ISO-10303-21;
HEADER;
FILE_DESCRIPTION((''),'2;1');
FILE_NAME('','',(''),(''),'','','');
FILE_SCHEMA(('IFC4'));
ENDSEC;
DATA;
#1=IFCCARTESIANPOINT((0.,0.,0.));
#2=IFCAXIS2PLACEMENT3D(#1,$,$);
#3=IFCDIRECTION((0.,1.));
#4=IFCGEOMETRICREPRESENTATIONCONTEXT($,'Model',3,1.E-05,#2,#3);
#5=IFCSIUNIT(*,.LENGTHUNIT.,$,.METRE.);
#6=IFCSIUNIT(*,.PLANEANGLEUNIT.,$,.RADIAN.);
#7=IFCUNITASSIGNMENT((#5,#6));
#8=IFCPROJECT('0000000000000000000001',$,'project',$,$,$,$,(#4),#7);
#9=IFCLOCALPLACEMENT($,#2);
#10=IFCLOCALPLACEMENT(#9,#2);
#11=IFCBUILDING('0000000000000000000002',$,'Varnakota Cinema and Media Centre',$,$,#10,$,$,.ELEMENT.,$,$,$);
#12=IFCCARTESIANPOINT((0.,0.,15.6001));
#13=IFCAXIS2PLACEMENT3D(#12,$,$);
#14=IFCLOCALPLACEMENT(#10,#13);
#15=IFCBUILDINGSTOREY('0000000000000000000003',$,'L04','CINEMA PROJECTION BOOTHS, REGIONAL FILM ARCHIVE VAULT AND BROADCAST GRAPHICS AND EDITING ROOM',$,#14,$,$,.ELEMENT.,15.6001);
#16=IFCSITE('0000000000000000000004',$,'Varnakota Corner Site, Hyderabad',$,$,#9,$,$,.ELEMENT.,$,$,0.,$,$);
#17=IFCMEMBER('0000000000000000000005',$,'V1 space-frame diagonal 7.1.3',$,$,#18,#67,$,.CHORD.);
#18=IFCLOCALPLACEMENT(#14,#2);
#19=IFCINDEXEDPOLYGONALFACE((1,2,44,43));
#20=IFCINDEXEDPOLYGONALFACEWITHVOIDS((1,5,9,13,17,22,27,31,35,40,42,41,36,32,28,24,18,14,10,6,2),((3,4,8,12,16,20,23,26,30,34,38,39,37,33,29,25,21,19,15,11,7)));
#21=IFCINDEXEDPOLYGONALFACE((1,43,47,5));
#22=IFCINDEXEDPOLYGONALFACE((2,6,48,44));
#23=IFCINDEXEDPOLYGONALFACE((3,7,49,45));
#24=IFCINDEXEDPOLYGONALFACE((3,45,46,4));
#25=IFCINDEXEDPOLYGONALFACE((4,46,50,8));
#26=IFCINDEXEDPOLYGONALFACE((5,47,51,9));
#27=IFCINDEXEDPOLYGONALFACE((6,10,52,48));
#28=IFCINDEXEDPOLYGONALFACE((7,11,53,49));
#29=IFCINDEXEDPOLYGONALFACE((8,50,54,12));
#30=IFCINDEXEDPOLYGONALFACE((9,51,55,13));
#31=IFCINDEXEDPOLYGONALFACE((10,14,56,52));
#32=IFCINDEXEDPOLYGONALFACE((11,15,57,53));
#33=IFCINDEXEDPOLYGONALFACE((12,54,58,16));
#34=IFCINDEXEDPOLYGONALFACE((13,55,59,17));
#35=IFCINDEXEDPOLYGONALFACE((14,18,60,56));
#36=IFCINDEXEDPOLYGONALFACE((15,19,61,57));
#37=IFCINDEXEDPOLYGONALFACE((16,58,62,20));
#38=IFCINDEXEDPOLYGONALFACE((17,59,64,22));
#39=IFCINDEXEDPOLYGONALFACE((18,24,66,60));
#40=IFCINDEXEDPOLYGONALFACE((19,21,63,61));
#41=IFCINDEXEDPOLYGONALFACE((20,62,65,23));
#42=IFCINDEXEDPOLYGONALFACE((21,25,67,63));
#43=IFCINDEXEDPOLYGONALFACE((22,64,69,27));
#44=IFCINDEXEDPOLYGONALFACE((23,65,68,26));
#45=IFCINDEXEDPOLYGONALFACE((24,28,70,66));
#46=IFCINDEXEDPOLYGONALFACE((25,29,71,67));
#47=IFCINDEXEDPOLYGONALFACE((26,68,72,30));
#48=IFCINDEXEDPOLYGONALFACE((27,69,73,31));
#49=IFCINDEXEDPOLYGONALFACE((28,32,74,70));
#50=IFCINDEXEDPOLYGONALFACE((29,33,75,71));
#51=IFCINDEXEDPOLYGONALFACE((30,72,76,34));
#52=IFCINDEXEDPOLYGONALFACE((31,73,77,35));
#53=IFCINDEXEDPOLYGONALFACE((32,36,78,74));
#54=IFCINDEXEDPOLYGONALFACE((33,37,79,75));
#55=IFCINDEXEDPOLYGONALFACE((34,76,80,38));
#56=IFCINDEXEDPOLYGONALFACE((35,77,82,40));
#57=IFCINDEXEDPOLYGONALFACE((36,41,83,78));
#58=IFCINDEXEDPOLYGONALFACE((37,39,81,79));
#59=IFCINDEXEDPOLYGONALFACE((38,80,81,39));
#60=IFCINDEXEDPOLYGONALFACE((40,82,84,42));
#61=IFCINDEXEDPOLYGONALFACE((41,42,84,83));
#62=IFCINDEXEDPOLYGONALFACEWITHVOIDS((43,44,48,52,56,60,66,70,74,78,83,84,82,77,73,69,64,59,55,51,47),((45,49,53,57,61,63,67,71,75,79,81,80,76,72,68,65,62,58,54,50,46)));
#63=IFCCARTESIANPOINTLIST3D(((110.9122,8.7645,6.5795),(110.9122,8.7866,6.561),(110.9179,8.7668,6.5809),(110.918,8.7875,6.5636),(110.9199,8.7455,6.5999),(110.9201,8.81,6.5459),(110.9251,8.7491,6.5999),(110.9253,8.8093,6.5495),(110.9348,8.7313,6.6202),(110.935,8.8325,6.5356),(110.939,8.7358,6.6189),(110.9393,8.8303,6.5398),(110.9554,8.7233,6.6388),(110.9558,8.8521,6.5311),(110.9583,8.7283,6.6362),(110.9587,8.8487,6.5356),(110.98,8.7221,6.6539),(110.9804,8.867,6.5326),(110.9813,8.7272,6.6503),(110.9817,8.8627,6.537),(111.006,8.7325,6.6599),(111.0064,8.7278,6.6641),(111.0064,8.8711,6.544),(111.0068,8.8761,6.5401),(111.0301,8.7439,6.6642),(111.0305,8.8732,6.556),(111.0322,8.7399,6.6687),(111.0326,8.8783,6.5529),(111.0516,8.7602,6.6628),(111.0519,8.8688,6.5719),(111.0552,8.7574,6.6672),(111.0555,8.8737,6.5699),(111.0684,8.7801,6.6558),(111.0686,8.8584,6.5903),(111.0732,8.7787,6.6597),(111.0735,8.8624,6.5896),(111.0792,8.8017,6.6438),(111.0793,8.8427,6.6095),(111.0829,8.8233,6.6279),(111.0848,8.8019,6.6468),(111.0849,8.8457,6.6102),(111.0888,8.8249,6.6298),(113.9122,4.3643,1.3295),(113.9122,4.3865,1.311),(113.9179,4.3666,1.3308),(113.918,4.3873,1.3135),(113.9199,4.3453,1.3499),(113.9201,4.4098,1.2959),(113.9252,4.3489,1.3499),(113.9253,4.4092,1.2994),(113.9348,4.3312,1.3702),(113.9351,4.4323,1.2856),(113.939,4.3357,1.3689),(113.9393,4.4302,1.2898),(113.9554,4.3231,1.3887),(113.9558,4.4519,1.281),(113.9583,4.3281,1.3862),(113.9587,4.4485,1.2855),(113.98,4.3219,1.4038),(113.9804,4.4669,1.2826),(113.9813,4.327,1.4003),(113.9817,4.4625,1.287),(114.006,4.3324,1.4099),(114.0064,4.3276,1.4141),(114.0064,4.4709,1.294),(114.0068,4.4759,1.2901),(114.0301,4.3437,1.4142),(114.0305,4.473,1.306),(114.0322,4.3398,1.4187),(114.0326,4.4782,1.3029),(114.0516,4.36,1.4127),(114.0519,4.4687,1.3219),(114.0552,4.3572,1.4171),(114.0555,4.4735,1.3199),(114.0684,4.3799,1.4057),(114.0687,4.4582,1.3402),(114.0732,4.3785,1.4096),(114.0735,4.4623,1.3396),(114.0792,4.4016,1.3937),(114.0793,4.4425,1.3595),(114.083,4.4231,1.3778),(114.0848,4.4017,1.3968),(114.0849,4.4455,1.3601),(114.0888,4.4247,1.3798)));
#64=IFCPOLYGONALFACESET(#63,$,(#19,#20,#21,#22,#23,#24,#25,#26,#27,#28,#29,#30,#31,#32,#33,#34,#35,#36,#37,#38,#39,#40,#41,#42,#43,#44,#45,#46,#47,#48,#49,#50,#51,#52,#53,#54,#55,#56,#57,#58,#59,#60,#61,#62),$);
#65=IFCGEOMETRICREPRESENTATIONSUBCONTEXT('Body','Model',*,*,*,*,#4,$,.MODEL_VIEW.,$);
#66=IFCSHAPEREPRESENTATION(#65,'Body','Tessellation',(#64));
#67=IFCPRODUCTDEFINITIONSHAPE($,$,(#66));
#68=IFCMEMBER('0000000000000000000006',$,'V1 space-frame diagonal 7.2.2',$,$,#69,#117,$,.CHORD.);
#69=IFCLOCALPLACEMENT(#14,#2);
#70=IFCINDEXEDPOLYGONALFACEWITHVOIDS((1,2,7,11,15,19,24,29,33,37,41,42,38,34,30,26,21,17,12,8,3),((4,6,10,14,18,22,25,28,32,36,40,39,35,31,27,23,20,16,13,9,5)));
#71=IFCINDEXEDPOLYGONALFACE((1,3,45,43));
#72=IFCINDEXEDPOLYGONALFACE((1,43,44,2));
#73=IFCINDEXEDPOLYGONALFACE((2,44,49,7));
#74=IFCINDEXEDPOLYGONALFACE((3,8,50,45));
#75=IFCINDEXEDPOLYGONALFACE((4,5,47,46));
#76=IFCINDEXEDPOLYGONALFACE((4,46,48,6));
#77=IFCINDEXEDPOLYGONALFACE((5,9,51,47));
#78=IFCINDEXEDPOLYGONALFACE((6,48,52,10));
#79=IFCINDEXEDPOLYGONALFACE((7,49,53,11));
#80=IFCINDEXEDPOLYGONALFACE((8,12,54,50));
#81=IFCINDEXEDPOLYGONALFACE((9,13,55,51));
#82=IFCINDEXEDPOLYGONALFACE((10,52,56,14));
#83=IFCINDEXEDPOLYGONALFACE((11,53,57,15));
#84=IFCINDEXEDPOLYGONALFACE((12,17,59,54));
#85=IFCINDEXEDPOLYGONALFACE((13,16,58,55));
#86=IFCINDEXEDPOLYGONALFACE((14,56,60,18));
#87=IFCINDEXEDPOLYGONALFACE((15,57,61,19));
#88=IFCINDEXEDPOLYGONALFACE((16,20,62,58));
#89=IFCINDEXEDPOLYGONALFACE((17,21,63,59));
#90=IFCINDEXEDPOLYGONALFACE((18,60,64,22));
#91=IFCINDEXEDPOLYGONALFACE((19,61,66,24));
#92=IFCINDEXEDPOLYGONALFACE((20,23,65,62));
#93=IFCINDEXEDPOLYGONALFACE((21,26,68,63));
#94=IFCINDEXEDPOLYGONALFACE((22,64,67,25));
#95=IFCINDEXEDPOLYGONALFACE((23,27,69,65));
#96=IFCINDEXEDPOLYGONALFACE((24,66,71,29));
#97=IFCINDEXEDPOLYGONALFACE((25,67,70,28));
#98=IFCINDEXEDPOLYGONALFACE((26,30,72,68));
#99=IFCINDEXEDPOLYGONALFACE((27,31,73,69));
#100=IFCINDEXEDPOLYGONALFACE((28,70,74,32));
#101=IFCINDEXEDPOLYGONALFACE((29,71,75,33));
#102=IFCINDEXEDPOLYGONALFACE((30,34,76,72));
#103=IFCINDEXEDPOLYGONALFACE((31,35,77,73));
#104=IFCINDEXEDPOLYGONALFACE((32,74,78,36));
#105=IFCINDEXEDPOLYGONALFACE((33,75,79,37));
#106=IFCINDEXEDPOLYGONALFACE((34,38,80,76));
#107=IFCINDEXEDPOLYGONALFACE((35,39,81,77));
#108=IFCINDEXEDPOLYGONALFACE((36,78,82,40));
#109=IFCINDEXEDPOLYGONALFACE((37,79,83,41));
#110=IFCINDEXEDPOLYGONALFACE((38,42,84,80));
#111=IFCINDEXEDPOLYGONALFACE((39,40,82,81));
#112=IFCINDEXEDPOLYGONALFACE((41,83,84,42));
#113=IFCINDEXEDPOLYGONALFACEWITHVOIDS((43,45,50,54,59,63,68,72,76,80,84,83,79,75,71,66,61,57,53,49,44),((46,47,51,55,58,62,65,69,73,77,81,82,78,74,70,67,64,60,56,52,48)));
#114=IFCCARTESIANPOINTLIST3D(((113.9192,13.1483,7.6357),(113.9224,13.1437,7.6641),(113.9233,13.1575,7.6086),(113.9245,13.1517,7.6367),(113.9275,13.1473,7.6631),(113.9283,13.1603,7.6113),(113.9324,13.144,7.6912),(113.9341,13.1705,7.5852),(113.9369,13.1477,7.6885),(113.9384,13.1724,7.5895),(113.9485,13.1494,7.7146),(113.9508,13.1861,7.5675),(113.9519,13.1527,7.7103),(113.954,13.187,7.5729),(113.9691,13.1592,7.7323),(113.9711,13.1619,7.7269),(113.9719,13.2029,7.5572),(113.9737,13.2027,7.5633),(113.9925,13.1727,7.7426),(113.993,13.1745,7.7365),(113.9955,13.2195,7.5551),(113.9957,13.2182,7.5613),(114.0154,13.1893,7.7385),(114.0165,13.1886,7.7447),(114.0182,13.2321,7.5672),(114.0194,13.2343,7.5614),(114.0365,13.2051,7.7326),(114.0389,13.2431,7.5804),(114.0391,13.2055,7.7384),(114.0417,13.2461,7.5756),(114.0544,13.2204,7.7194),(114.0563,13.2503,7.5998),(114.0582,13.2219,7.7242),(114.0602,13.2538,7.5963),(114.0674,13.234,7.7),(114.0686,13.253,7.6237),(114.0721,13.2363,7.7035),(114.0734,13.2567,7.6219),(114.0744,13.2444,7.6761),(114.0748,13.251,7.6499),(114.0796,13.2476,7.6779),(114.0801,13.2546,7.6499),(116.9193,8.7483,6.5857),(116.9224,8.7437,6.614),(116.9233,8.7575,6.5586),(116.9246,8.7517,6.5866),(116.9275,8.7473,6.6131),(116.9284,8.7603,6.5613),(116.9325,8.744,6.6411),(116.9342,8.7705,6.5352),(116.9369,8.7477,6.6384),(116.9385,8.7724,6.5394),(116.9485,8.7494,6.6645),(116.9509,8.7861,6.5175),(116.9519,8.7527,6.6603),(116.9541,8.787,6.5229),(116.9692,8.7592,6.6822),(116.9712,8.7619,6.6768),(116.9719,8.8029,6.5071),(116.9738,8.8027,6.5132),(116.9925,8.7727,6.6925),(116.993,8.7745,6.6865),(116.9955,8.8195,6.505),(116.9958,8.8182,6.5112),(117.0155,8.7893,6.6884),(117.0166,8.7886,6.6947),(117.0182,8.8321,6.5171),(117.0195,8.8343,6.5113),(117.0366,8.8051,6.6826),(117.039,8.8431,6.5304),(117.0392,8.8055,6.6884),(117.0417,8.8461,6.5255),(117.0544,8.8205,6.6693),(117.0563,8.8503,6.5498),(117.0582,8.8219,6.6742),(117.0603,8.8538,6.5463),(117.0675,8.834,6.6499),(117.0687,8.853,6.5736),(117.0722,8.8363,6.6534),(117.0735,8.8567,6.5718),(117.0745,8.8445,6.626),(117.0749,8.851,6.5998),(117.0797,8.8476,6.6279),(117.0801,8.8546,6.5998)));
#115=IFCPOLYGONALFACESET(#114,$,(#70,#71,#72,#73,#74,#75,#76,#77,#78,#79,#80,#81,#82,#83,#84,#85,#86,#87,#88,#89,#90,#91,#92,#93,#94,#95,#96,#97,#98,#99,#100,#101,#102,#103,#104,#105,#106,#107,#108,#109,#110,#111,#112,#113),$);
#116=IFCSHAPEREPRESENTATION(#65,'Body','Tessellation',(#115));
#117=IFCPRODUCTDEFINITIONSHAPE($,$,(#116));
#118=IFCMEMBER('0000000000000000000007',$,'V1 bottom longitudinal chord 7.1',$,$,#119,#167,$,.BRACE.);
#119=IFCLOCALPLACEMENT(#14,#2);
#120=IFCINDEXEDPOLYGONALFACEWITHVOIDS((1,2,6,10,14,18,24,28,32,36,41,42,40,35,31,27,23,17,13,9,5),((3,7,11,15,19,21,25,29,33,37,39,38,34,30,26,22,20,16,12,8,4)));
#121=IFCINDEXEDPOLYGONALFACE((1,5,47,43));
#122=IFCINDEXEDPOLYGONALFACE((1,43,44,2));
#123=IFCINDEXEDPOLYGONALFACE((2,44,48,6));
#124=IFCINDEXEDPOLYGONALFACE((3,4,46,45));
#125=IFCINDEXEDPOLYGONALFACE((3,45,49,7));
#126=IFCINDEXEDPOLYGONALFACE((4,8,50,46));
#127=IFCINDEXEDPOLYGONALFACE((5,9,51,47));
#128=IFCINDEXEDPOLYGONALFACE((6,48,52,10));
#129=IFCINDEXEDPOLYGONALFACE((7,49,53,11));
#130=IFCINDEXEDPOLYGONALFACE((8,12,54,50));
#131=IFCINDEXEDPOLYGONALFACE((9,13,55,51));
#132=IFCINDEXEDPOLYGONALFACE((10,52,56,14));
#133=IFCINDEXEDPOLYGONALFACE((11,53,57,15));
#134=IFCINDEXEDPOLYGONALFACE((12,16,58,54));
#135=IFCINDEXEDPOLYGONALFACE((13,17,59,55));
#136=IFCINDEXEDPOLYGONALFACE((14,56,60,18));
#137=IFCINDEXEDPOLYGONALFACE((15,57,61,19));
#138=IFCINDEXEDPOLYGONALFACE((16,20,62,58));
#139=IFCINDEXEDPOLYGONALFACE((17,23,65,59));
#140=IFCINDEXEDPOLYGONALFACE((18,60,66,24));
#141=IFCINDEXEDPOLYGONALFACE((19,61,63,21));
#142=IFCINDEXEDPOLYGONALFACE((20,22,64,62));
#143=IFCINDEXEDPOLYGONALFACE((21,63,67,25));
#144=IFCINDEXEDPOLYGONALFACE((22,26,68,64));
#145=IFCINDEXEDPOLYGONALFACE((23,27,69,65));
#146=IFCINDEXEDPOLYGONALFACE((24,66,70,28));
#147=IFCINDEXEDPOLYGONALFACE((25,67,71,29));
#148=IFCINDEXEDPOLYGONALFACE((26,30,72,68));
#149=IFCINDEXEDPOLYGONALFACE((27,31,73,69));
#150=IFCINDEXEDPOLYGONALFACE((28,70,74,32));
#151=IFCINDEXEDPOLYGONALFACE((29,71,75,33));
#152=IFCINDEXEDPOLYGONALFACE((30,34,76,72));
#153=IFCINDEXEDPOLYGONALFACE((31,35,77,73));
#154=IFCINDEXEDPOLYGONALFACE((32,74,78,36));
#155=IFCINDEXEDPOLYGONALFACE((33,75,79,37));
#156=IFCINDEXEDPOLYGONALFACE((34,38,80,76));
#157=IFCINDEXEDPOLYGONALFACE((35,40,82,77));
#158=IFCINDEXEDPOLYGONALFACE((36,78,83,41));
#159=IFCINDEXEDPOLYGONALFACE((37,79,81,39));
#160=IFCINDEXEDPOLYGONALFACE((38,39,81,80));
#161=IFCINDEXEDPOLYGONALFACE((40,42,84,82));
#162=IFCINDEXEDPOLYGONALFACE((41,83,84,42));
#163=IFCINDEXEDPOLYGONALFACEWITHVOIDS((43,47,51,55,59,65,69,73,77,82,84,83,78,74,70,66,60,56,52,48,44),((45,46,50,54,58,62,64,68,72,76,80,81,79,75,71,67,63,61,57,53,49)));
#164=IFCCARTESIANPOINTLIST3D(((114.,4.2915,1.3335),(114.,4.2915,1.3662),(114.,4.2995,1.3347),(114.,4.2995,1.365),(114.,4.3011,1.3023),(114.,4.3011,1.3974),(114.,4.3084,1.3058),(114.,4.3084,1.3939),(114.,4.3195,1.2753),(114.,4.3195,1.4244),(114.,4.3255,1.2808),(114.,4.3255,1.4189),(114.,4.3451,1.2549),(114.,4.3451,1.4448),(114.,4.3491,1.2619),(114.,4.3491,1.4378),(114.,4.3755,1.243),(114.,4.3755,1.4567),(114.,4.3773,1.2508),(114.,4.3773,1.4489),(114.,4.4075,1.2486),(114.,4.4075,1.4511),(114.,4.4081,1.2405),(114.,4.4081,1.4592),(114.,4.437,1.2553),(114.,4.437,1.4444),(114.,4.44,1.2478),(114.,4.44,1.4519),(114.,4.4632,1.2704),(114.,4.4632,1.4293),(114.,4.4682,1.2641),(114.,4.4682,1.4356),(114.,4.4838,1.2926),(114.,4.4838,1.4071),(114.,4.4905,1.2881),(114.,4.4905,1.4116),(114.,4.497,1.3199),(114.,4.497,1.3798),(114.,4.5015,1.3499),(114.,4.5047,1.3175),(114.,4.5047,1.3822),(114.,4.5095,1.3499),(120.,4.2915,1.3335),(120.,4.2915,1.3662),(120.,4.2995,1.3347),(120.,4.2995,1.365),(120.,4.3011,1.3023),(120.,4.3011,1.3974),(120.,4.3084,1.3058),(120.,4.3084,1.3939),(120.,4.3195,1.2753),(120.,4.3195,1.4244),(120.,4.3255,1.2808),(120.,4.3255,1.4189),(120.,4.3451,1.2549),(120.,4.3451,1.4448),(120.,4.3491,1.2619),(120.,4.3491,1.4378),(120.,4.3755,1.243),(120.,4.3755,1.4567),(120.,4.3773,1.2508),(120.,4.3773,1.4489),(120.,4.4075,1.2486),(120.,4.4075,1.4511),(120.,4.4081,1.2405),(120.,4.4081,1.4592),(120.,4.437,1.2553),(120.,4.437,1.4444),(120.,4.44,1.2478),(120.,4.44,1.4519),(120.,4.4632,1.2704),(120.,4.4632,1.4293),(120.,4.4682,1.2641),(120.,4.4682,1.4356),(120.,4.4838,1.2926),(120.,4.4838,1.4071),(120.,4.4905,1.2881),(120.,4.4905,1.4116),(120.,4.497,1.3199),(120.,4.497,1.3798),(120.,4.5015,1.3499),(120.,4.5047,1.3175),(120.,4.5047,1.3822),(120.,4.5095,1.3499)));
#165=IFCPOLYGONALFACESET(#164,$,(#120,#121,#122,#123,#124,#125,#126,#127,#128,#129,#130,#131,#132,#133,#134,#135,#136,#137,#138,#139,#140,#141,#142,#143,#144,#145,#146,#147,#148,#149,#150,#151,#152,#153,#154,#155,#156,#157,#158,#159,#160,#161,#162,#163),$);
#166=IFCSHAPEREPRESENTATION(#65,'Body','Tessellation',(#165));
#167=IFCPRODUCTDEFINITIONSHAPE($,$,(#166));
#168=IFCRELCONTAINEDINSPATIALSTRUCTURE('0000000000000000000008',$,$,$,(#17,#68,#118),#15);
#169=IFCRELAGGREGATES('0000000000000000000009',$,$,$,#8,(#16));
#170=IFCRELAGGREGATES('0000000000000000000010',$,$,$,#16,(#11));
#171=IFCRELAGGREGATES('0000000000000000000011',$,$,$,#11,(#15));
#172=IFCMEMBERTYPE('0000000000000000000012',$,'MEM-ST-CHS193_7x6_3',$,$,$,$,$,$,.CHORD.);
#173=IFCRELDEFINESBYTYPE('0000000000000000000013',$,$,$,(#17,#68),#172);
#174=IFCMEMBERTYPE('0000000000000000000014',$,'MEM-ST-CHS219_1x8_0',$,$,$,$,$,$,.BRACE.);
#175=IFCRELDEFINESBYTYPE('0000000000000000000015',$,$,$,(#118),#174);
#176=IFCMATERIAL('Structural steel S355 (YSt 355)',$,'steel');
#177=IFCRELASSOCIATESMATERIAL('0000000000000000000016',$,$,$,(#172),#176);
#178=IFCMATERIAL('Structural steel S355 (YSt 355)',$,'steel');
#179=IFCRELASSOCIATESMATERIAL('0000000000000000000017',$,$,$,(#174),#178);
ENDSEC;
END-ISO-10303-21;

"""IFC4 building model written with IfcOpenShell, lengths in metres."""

from ifc_helpers import new_model, si_unit, direction, frame, origin, origin_2d, place, context, subcontext, project, spatial, hollow_circle, extrude, material, material_profile, profile_set, type_object, element, save


model = new_model("IFC4")

# Units and contexts
model_context = context("Model", 3, precision=1e-05, world=origin(), true_north=direction((0.0, 1.0)))
body_context = subcontext(model_context, "Body", "Model", "MODEL_VIEW")
ifc_project = project(units=[si_unit("LENGTHUNIT", "METRE"), si_unit("PLANEANGLEUNIT", "RADIAN")], contexts=[model_context])

# Site, building, storey
site_placement = place(None, origin())
site = spatial("IfcSite", under=ifc_project, at=site_placement, Name="Varnakota Corner Site, Hyderabad", CompositionType="ELEMENT", RefElevation=0.0)
building_placement = place(site_placement, origin())
building = spatial("IfcBuilding", under=site, at=building_placement, Name="Varnakota Cinema and Media Centre", CompositionType="ELEMENT")
storey_placement = place(building_placement, frame((0.0, 0.0, 15.6001)))
storey = spatial("IfcBuildingStorey", under=building, at=storey_placement, Name="L04", Description="CINEMA PROJECTION BOOTHS, REGIONAL FILM ARCHIVE VAULT AND BROADCAST GRAPHICS AND EDITING ROOM", CompositionType="ELEMENT", Elevation=15.6001)

# Members
ifc_material_1 = material(Name="Structural steel S355 (YSt 355)", Category="steel")
ifc_material_profile_1 = material_profile(ifc_material_1, hollow_circle(Radius=0.0969, WallThickness=0.0063, at=origin_2d()), Name="CHS 193.7x6.3")
ifc_profile_set_1 = profile_set([ifc_material_profile_1], Name="Structural steel S355 (YSt 355)")
member_type_1 = type_object("IfcMemberType", Name="MEM-ST-CHS193_7x6_3", PredefinedType="CHORD", material=ifc_profile_set_1)
for number, where, z_axis, x_axis, name in (
    (1, (114.0, 4.3999, 1.3499), (-0.401165, 0.588395, 0.702039), (-0.826236, -0.563324, 0.0), "V1 space-frame diagonal 7.1.3"),
):
    element("IfcMember", number, at=place(storey_placement, frame(where, z_axis=z_axis, x_axis=x_axis)), inside=storey, type_object=member_type_1, Name=name, PredefinedType="CHORD", context=body_context, shape_type="SweptSolid", body=[
        extrude(hollow_circle(Radius=0.0969, WallThickness=0.0063, at=origin_2d()), origin(), (0.0, 0.0, 1.0), 7.4783),
    ])
member_1_placement = place(storey_placement, frame((114.0, 13.2, 7.6499), z_axis=(0.552703, -0.810613, -0.193455), x_axis=(0.826222, 0.563345, 0.0)))
element("IfcMember", 2, at=member_1_placement, inside=storey, type_object=member_type_1, Name="V1 space-frame diagonal 7.2.2", PredefinedType="CHORD", context=body_context, shape_type="SweptSolid", body=[
    extrude(hollow_circle(Radius=0.0969, WallThickness=0.0063, at=origin_2d()), origin(), (0.0, 0.0, 1.0), 5.428),
])
ifc_material_2 = material(Name="Structural steel S355 (YSt 355)", Category="steel")
ifc_material_profile_2 = material_profile(ifc_material_2, hollow_circle(Radius=0.1096, WallThickness=0.0081, at=origin_2d()), Name="CHS 219.1x8.0")
ifc_profile_set_2 = profile_set([ifc_material_profile_2], Name="Structural steel S355 (YSt 355)")
member_type_2 = type_object("IfcMemberType", Name="MEM-ST-CHS219_1x8_0", PredefinedType="BRACE", material=ifc_profile_set_2)
member_2_placement = place(storey_placement, frame((114.0, 4.3999, 1.3499), z_axis=(1.0, 0.0, 0.0), x_axis=(0.0, 1.0, 0.0)))
element("IfcMember", 3, at=member_2_placement, inside=storey, type_object=member_type_2, Name="V1 bottom longitudinal chord 7.1", PredefinedType="BRACE", context=body_context, shape_type="SweptSolid", body=[
    extrude(hollow_circle(Radius=0.1096, WallThickness=0.0081, at=origin_2d()), origin(), (0.0, 0.0, 1.0), 6.0),
])

save(model, "model.ifc")
